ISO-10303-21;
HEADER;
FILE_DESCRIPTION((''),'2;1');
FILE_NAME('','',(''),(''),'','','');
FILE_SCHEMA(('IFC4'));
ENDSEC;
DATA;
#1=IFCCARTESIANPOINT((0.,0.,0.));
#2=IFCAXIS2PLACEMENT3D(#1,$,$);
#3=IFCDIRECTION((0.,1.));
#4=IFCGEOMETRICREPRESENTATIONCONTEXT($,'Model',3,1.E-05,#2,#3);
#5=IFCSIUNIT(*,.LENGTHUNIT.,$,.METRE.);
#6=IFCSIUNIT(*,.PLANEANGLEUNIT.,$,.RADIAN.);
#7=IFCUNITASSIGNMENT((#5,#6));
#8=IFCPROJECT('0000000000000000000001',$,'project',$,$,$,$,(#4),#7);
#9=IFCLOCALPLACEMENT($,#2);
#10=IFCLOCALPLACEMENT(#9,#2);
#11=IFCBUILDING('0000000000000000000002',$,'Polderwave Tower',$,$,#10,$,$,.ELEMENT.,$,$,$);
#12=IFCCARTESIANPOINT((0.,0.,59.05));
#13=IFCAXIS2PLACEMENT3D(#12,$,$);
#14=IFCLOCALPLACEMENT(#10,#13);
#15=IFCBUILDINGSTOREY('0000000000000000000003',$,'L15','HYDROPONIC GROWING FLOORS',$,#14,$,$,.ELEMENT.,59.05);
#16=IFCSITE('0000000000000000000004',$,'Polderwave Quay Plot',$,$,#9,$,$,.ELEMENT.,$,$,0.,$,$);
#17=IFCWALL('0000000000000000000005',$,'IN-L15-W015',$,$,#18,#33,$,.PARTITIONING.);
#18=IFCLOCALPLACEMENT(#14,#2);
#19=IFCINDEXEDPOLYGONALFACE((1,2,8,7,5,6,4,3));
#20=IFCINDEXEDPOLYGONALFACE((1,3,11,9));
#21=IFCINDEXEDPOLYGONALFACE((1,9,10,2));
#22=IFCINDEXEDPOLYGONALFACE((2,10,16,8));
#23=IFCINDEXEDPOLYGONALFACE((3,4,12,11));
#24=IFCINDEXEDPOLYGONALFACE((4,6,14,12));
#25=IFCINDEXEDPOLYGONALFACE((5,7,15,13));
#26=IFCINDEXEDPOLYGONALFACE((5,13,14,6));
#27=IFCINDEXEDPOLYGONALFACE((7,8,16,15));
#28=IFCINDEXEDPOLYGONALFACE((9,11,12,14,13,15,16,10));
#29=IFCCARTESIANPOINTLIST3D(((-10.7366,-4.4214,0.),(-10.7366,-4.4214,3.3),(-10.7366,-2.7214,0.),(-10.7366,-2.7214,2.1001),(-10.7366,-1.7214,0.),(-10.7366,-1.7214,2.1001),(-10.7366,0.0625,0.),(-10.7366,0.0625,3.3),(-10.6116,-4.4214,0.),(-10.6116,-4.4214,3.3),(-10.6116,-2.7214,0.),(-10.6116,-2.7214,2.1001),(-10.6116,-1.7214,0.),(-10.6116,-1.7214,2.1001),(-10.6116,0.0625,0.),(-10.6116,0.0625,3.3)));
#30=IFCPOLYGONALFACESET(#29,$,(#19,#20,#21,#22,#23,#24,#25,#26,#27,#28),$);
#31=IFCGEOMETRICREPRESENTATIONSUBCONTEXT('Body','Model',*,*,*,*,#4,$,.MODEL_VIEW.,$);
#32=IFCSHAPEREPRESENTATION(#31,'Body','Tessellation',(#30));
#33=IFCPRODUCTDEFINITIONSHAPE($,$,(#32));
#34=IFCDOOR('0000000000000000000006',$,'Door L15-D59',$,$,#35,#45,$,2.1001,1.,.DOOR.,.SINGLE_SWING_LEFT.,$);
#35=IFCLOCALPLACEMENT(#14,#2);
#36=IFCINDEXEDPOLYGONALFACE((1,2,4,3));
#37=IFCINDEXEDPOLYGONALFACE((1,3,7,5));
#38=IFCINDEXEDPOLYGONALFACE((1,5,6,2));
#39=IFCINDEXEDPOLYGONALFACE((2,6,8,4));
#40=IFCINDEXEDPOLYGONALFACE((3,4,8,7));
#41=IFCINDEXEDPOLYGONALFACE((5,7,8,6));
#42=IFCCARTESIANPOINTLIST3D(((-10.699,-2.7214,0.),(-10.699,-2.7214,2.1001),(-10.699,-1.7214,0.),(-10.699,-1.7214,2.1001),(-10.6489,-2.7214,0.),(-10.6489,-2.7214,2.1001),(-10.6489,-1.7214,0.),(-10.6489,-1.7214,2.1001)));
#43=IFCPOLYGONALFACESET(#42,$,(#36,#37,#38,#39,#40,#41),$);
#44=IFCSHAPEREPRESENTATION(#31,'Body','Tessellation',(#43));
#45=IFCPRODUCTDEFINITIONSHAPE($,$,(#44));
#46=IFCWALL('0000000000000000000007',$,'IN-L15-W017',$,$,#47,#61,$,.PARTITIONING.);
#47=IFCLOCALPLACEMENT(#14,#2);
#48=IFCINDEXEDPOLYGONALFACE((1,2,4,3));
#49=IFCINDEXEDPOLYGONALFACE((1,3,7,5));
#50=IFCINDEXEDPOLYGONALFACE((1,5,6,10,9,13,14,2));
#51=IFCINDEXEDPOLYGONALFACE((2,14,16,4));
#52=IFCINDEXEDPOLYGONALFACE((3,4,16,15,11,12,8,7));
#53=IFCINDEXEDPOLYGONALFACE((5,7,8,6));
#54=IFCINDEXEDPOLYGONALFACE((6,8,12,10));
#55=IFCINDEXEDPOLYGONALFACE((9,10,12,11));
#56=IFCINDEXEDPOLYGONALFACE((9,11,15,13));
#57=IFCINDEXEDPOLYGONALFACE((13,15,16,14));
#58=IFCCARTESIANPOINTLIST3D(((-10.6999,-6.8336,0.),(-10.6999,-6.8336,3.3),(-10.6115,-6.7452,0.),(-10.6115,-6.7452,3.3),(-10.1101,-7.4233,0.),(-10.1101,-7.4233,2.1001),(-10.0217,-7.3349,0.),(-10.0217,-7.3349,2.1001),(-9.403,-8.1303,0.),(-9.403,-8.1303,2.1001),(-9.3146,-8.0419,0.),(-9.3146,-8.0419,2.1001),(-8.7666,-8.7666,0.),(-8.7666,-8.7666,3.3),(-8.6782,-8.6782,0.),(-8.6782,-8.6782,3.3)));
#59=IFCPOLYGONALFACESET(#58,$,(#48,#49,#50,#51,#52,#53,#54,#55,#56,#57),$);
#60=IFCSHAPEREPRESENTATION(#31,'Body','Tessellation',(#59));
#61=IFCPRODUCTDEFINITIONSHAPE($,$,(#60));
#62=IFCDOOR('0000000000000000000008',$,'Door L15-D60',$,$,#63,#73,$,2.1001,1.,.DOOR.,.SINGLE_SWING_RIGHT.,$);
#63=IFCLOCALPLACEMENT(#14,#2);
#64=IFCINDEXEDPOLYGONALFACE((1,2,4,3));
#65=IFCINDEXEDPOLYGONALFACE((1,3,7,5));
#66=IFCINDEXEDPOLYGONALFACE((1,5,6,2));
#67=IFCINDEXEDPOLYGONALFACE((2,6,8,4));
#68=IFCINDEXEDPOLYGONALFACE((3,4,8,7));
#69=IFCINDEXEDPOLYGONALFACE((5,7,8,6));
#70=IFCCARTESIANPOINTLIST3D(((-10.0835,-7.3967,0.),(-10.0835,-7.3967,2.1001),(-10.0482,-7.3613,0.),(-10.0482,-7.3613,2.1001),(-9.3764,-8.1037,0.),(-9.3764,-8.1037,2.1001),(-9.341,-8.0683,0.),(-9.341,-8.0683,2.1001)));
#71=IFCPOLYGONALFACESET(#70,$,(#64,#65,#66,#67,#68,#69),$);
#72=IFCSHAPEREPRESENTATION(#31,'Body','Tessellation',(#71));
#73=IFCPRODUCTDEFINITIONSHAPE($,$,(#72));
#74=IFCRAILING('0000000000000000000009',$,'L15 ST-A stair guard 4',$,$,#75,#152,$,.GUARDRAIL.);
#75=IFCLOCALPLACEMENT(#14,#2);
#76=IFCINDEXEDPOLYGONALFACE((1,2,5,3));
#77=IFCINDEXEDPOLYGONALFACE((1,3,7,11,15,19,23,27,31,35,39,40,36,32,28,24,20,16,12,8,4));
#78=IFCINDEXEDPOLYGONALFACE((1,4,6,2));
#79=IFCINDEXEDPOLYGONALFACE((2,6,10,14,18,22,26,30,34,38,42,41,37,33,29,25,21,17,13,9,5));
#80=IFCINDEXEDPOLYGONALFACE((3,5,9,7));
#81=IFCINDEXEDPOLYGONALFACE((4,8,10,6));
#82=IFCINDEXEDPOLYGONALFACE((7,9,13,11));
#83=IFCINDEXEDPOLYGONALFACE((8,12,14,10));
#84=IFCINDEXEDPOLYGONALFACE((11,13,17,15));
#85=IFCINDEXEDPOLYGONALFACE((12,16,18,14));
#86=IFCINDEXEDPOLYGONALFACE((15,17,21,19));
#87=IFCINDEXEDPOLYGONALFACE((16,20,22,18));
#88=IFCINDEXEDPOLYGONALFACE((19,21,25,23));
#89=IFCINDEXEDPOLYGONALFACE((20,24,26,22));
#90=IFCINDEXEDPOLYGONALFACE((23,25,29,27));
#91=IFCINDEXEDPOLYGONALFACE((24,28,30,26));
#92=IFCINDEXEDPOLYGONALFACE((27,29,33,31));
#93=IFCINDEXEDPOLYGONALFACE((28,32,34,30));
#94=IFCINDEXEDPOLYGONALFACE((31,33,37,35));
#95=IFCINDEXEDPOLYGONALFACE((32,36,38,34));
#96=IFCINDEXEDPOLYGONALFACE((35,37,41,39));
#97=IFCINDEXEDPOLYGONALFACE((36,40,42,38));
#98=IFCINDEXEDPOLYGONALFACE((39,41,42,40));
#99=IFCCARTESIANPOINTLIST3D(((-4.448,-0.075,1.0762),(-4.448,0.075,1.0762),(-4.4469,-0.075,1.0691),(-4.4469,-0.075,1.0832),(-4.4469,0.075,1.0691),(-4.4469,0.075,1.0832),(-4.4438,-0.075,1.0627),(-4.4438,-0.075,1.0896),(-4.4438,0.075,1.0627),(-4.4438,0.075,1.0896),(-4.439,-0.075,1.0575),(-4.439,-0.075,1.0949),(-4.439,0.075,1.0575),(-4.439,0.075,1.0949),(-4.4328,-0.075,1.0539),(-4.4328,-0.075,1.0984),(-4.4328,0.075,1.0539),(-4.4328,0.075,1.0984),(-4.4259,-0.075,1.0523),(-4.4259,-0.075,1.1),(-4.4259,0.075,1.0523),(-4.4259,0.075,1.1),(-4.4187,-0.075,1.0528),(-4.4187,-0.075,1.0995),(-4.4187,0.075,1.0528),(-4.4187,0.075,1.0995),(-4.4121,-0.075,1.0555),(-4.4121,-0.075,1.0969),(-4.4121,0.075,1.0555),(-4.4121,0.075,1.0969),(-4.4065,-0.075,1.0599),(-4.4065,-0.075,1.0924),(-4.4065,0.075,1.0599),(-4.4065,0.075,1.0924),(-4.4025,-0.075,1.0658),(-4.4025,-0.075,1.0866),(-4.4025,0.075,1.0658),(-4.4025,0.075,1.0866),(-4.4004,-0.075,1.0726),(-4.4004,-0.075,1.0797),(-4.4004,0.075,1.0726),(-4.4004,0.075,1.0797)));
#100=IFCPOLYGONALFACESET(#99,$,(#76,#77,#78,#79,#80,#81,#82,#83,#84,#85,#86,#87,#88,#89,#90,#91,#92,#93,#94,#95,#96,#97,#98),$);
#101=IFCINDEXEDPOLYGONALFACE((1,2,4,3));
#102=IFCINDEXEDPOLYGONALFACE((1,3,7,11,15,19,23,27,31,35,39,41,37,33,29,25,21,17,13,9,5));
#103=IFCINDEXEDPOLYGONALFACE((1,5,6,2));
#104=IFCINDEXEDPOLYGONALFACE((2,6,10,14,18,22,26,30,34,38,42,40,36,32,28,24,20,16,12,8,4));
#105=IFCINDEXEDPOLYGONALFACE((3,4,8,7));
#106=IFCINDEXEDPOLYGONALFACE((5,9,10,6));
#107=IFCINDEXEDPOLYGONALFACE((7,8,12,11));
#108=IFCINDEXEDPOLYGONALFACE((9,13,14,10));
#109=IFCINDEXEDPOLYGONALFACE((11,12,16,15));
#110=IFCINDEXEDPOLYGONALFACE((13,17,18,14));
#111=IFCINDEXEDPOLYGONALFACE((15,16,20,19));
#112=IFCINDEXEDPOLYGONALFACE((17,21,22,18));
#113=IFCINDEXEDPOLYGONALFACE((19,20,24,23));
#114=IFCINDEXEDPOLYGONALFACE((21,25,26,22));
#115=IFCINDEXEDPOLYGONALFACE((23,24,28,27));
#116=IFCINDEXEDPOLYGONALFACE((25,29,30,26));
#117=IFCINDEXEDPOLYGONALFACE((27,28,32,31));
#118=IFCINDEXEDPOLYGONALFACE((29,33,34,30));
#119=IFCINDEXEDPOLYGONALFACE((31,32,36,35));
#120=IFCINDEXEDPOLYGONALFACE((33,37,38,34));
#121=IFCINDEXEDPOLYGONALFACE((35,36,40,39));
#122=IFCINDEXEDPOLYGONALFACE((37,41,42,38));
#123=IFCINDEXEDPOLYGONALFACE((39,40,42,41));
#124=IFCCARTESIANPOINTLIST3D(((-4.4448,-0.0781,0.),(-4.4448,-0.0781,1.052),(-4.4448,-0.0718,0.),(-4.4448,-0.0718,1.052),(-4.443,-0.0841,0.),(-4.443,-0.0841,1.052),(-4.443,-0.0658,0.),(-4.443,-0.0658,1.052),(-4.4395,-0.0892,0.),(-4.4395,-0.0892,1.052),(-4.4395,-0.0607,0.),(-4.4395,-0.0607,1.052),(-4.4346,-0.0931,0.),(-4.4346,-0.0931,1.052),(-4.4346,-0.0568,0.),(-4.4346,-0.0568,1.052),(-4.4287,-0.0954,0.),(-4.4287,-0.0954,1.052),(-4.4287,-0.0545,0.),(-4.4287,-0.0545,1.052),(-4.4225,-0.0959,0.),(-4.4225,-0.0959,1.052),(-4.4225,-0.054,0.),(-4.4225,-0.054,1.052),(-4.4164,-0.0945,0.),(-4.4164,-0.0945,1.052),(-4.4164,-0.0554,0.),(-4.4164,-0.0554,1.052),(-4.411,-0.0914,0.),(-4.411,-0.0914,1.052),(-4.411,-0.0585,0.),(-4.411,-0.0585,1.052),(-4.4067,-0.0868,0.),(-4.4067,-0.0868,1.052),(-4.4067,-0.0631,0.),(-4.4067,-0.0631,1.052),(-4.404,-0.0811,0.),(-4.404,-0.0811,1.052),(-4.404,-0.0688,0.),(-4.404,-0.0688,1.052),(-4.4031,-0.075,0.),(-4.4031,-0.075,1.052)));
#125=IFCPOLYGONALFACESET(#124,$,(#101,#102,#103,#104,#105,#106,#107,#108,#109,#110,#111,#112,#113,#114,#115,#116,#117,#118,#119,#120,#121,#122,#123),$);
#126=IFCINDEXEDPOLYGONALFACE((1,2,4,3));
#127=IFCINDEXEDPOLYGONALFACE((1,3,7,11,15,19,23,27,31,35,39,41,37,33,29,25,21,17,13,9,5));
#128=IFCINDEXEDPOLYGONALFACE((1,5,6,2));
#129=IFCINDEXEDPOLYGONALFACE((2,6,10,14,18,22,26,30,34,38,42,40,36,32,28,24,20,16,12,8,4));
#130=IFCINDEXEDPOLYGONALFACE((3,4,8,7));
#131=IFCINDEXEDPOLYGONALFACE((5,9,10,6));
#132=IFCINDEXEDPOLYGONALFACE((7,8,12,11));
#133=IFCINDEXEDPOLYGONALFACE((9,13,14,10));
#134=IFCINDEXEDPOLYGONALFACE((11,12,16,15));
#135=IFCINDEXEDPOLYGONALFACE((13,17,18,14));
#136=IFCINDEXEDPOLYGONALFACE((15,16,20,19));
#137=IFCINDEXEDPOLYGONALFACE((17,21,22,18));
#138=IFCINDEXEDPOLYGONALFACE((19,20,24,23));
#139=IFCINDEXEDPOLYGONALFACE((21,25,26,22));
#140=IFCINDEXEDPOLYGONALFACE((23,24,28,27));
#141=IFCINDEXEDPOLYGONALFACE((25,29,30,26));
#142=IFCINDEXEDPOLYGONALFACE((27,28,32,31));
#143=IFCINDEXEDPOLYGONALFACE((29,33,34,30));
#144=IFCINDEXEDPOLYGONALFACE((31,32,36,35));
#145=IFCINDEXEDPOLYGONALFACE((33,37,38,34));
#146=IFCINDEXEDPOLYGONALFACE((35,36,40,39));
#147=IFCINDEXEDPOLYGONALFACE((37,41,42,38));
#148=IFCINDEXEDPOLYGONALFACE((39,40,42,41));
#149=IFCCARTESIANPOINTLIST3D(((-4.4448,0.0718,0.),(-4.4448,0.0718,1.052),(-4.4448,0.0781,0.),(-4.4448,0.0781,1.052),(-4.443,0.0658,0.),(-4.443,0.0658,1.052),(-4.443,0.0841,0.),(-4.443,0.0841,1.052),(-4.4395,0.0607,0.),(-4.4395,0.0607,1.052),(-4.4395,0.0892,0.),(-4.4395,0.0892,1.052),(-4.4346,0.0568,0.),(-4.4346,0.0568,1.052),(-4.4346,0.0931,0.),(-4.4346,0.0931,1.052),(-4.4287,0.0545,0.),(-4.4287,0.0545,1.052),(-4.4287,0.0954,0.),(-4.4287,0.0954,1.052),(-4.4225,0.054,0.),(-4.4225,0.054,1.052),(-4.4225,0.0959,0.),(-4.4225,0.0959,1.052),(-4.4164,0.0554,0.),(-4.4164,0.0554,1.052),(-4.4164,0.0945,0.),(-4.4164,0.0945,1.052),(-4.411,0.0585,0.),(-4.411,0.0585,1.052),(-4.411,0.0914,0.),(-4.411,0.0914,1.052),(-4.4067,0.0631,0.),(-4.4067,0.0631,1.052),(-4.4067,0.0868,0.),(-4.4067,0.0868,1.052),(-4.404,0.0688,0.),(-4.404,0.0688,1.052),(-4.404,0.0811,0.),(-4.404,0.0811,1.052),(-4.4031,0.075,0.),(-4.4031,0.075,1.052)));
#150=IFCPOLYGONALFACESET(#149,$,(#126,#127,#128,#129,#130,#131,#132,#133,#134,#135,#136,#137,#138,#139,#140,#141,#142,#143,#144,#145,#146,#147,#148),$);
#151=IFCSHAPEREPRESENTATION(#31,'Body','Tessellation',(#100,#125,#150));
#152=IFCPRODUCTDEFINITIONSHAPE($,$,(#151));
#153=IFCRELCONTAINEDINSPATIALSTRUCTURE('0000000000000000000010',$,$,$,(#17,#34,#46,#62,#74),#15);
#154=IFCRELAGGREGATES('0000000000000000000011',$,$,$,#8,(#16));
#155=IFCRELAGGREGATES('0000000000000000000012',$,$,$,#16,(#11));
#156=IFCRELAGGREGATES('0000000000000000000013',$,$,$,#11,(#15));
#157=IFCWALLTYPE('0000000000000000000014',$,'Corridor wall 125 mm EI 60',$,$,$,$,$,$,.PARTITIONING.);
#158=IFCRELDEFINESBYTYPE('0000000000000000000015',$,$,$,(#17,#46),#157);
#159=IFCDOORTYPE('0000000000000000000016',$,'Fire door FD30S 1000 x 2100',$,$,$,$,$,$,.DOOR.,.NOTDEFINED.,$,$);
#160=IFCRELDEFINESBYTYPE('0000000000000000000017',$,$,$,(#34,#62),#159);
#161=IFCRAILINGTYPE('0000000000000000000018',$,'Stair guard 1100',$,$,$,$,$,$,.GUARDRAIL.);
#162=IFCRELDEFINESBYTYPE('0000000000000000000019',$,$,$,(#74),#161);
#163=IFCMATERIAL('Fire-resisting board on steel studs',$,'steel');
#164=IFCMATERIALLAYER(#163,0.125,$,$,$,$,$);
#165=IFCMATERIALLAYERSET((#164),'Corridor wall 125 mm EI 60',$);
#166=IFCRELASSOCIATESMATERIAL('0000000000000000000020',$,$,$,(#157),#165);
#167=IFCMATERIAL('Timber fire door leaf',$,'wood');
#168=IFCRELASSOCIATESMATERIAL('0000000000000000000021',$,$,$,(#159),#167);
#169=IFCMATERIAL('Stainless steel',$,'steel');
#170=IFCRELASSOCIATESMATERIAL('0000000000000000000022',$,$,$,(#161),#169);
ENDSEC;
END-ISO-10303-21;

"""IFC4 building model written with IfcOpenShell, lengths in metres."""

from ifc_helpers import new_model, si_unit, direction, frame, frame_2d, origin, origin_2d, place, context, subcontext, project, spatial, rectangle, circle, extrude, material, layer, layer_set, type_object, element, fill, save


model = new_model("IFC4")

# Units and contexts
model_context = context("Model", 3, precision=1e-05, world=origin(), true_north=direction((0.0, 1.0)))
body_context = subcontext(model_context, "Body", "Model", "MODEL_VIEW")
ifc_project = project(units=[si_unit("LENGTHUNIT", "METRE"), si_unit("PLANEANGLEUNIT", "RADIAN")], contexts=[model_context])

# Site, building, storey
site_placement = place(None, origin())
site = spatial("IfcSite", under=ifc_project, at=site_placement, Name="Polderwave Quay Plot", CompositionType="ELEMENT", RefElevation=0.0)
building_placement = place(site_placement, origin())
building = spatial("IfcBuilding", under=site, at=building_placement, Name="Polderwave Tower", CompositionType="ELEMENT")
storey_placement = place(building_placement, frame((0.0, 0.0, 59.05)))
storey = spatial("IfcBuildingStorey", under=building, at=storey_placement, Name="L15", Description="HYDROPONIC GROWING FLOORS", CompositionType="ELEMENT", Elevation=59.05)

# Shared definitions
ifc_material_1 = material(Name="Stainless steel", Category="steel")

# Walls, openings, doors
ifc_material_2 = material(Name="Fire-resisting board on steel studs", Category="steel")
ifc_layer_1 = layer(ifc_material_2, 0.125)
ifc_layer_set_1 = layer_set([ifc_layer_1], Name="Corridor wall 125 mm EI 60")
wall_type_1 = type_object("IfcWallType", Name="Corridor wall 125 mm EI 60", PredefinedType="PARTITIONING", material=ifc_layer_set_1)
wall_1_placement = place(storey_placement, frame((-10.6741, -4.4214, 0.0), z_axis=(0.0, 0.0, 1.0), x_axis=(0.0, 1.0, 0.0)))
wall_1 = element("IfcWall", 1, at=wall_1_placement, inside=storey, type_object=wall_type_1, Name="IN-L15-W015", PredefinedType="PARTITIONING", context=body_context, shape_type="SweptSolid", body=[
    extrude(rectangle(XDim=4.4839, YDim=0.125, at=frame_2d((2.2419, 0.0))), origin(), (0.0, 0.0, 1.0), 3.3),
])
opening_1_placement = place(wall_1_placement, frame((1.7, 0.0, 0.0)))
opening_1 = element("IfcOpeningElement", 2, at=opening_1_placement, cuts=wall_1, PredefinedType="OPENING", context=body_context, shape_type="SweptSolid", body=[
    extrude(rectangle(XDim=1.0, YDim=2.1001, at=frame_2d((0.5, 1.05))), frame((0.0, 0.0725, 0.0), z_axis=(0.0, -1.0, 0.0), x_axis=(1.0, 0.0, 0.0)), (0.0, 0.0, 1.0), 0.145),
])
ifc_material_3 = material(Name="Timber fire door leaf", Category="wood")
door_type_1 = type_object("IfcDoorType", Name="Fire door FD30S 1000 x 2100", OperationType="NOTDEFINED", PredefinedType="DOOR", material=ifc_material_3)
door_1_placement = place(opening_1_placement, origin())
door_1 = element("IfcDoor", 3, at=door_1_placement, inside=storey, type_object=door_type_1, Name="Door L15-D59", OperationType="SINGLE_SWING_LEFT", OverallHeight=2.1001, OverallWidth=1.0, PredefinedType="DOOR", context=body_context, shape_type="SweptSolid", body=[
    extrude(rectangle(XDim=1.0, YDim=2.1001, at=frame_2d((0.5, 1.05))), frame((0.0, 0.0249, 0.0), z_axis=(0.0, -1.0, 0.0), x_axis=(1.0, 0.0, 0.0)), (0.0, 0.0, 1.0), 0.05),
])
fill(opening_1, door_1)
wall_2_placement = place(storey_placement, frame((-8.7224, -8.7224, 0.0), z_axis=(0.0, 0.0, 1.0), x_axis=(-0.707151, 0.707062, 0.0)))
wall_2 = element("IfcWall", 4, at=wall_2_placement, inside=storey, type_object=wall_type_1, Name="IN-L15-W017", PredefinedType="PARTITIONING", context=body_context, shape_type="SweptSolid", body=[
    extrude(rectangle(XDim=2.7339, YDim=0.125, at=frame_2d((1.3669, 0.0))), origin(), (0.0, 0.0, 1.0), 3.3),
])
opening_2_placement = place(wall_2_placement, frame((0.8999, 0.0, 0.0)))
opening_2 = element("IfcOpeningElement", 5, at=opening_2_placement, cuts=wall_2, PredefinedType="OPENING", context=body_context, shape_type="SweptSolid", body=[
    extrude(rectangle(XDim=1.0, YDim=2.1001, at=frame_2d((0.5, 1.05))), frame((0.0, 0.0725, 0.0), z_axis=(0.0, -1.0, 0.0), x_axis=(1.0, 0.0, 0.0)), (0.0, 0.0, 1.0), 0.145),
])
door_2_placement = place(opening_2_placement, origin())
door_2 = element("IfcDoor", 6, at=door_2_placement, inside=storey, type_object=door_type_1, Name="Door L15-D60", OperationType="SINGLE_SWING_RIGHT", OverallHeight=2.1001, OverallWidth=1.0, PredefinedType="DOOR", context=body_context, shape_type="SweptSolid", body=[
    extrude(rectangle(XDim=1.0, YDim=2.1001, at=frame_2d((0.5, 1.05))), frame((0.0, 0.0249, 0.0), z_axis=(0.0, -1.0, 0.0), x_axis=(1.0, 0.0, 0.0)), (0.0, 0.0, 1.0), 0.05),
])
fill(opening_2, door_2)

# Railing
railing_type = type_object("IfcRailingType", Name="Stair guard 1100", PredefinedType="GUARDRAIL", material=ifc_material_1)
railing_placement = place(storey_placement, frame((-4.4241, -0.075, 0.0)))
element("IfcRailing", 7, at=railing_placement, inside=storey, type_object=railing_type, Name="L15 ST-A stair guard 4", PredefinedType="GUARDRAIL", context=body_context, shape_type="SweptSolid", body=[
    extrude(circle(Radius=0.0239, at=origin_2d()), frame((0.0, 0.0, 1.0762), z_axis=(0.0, 1.0, 0.0), x_axis=(-1.0, 0.0, 0.0)), (0.0, 0.0, 1.0), 0.1499),
    extrude(circle(Radius=0.021, at=origin_2d()), origin(), (0.0, 0.0, 1.0), 1.052),
    extrude(circle(Radius=0.021, at=origin_2d()), frame((0.0, 0.1499, 0.0)), (0.0, 0.0, 1.0), 1.052),
])

save(model, "model.ifc")
